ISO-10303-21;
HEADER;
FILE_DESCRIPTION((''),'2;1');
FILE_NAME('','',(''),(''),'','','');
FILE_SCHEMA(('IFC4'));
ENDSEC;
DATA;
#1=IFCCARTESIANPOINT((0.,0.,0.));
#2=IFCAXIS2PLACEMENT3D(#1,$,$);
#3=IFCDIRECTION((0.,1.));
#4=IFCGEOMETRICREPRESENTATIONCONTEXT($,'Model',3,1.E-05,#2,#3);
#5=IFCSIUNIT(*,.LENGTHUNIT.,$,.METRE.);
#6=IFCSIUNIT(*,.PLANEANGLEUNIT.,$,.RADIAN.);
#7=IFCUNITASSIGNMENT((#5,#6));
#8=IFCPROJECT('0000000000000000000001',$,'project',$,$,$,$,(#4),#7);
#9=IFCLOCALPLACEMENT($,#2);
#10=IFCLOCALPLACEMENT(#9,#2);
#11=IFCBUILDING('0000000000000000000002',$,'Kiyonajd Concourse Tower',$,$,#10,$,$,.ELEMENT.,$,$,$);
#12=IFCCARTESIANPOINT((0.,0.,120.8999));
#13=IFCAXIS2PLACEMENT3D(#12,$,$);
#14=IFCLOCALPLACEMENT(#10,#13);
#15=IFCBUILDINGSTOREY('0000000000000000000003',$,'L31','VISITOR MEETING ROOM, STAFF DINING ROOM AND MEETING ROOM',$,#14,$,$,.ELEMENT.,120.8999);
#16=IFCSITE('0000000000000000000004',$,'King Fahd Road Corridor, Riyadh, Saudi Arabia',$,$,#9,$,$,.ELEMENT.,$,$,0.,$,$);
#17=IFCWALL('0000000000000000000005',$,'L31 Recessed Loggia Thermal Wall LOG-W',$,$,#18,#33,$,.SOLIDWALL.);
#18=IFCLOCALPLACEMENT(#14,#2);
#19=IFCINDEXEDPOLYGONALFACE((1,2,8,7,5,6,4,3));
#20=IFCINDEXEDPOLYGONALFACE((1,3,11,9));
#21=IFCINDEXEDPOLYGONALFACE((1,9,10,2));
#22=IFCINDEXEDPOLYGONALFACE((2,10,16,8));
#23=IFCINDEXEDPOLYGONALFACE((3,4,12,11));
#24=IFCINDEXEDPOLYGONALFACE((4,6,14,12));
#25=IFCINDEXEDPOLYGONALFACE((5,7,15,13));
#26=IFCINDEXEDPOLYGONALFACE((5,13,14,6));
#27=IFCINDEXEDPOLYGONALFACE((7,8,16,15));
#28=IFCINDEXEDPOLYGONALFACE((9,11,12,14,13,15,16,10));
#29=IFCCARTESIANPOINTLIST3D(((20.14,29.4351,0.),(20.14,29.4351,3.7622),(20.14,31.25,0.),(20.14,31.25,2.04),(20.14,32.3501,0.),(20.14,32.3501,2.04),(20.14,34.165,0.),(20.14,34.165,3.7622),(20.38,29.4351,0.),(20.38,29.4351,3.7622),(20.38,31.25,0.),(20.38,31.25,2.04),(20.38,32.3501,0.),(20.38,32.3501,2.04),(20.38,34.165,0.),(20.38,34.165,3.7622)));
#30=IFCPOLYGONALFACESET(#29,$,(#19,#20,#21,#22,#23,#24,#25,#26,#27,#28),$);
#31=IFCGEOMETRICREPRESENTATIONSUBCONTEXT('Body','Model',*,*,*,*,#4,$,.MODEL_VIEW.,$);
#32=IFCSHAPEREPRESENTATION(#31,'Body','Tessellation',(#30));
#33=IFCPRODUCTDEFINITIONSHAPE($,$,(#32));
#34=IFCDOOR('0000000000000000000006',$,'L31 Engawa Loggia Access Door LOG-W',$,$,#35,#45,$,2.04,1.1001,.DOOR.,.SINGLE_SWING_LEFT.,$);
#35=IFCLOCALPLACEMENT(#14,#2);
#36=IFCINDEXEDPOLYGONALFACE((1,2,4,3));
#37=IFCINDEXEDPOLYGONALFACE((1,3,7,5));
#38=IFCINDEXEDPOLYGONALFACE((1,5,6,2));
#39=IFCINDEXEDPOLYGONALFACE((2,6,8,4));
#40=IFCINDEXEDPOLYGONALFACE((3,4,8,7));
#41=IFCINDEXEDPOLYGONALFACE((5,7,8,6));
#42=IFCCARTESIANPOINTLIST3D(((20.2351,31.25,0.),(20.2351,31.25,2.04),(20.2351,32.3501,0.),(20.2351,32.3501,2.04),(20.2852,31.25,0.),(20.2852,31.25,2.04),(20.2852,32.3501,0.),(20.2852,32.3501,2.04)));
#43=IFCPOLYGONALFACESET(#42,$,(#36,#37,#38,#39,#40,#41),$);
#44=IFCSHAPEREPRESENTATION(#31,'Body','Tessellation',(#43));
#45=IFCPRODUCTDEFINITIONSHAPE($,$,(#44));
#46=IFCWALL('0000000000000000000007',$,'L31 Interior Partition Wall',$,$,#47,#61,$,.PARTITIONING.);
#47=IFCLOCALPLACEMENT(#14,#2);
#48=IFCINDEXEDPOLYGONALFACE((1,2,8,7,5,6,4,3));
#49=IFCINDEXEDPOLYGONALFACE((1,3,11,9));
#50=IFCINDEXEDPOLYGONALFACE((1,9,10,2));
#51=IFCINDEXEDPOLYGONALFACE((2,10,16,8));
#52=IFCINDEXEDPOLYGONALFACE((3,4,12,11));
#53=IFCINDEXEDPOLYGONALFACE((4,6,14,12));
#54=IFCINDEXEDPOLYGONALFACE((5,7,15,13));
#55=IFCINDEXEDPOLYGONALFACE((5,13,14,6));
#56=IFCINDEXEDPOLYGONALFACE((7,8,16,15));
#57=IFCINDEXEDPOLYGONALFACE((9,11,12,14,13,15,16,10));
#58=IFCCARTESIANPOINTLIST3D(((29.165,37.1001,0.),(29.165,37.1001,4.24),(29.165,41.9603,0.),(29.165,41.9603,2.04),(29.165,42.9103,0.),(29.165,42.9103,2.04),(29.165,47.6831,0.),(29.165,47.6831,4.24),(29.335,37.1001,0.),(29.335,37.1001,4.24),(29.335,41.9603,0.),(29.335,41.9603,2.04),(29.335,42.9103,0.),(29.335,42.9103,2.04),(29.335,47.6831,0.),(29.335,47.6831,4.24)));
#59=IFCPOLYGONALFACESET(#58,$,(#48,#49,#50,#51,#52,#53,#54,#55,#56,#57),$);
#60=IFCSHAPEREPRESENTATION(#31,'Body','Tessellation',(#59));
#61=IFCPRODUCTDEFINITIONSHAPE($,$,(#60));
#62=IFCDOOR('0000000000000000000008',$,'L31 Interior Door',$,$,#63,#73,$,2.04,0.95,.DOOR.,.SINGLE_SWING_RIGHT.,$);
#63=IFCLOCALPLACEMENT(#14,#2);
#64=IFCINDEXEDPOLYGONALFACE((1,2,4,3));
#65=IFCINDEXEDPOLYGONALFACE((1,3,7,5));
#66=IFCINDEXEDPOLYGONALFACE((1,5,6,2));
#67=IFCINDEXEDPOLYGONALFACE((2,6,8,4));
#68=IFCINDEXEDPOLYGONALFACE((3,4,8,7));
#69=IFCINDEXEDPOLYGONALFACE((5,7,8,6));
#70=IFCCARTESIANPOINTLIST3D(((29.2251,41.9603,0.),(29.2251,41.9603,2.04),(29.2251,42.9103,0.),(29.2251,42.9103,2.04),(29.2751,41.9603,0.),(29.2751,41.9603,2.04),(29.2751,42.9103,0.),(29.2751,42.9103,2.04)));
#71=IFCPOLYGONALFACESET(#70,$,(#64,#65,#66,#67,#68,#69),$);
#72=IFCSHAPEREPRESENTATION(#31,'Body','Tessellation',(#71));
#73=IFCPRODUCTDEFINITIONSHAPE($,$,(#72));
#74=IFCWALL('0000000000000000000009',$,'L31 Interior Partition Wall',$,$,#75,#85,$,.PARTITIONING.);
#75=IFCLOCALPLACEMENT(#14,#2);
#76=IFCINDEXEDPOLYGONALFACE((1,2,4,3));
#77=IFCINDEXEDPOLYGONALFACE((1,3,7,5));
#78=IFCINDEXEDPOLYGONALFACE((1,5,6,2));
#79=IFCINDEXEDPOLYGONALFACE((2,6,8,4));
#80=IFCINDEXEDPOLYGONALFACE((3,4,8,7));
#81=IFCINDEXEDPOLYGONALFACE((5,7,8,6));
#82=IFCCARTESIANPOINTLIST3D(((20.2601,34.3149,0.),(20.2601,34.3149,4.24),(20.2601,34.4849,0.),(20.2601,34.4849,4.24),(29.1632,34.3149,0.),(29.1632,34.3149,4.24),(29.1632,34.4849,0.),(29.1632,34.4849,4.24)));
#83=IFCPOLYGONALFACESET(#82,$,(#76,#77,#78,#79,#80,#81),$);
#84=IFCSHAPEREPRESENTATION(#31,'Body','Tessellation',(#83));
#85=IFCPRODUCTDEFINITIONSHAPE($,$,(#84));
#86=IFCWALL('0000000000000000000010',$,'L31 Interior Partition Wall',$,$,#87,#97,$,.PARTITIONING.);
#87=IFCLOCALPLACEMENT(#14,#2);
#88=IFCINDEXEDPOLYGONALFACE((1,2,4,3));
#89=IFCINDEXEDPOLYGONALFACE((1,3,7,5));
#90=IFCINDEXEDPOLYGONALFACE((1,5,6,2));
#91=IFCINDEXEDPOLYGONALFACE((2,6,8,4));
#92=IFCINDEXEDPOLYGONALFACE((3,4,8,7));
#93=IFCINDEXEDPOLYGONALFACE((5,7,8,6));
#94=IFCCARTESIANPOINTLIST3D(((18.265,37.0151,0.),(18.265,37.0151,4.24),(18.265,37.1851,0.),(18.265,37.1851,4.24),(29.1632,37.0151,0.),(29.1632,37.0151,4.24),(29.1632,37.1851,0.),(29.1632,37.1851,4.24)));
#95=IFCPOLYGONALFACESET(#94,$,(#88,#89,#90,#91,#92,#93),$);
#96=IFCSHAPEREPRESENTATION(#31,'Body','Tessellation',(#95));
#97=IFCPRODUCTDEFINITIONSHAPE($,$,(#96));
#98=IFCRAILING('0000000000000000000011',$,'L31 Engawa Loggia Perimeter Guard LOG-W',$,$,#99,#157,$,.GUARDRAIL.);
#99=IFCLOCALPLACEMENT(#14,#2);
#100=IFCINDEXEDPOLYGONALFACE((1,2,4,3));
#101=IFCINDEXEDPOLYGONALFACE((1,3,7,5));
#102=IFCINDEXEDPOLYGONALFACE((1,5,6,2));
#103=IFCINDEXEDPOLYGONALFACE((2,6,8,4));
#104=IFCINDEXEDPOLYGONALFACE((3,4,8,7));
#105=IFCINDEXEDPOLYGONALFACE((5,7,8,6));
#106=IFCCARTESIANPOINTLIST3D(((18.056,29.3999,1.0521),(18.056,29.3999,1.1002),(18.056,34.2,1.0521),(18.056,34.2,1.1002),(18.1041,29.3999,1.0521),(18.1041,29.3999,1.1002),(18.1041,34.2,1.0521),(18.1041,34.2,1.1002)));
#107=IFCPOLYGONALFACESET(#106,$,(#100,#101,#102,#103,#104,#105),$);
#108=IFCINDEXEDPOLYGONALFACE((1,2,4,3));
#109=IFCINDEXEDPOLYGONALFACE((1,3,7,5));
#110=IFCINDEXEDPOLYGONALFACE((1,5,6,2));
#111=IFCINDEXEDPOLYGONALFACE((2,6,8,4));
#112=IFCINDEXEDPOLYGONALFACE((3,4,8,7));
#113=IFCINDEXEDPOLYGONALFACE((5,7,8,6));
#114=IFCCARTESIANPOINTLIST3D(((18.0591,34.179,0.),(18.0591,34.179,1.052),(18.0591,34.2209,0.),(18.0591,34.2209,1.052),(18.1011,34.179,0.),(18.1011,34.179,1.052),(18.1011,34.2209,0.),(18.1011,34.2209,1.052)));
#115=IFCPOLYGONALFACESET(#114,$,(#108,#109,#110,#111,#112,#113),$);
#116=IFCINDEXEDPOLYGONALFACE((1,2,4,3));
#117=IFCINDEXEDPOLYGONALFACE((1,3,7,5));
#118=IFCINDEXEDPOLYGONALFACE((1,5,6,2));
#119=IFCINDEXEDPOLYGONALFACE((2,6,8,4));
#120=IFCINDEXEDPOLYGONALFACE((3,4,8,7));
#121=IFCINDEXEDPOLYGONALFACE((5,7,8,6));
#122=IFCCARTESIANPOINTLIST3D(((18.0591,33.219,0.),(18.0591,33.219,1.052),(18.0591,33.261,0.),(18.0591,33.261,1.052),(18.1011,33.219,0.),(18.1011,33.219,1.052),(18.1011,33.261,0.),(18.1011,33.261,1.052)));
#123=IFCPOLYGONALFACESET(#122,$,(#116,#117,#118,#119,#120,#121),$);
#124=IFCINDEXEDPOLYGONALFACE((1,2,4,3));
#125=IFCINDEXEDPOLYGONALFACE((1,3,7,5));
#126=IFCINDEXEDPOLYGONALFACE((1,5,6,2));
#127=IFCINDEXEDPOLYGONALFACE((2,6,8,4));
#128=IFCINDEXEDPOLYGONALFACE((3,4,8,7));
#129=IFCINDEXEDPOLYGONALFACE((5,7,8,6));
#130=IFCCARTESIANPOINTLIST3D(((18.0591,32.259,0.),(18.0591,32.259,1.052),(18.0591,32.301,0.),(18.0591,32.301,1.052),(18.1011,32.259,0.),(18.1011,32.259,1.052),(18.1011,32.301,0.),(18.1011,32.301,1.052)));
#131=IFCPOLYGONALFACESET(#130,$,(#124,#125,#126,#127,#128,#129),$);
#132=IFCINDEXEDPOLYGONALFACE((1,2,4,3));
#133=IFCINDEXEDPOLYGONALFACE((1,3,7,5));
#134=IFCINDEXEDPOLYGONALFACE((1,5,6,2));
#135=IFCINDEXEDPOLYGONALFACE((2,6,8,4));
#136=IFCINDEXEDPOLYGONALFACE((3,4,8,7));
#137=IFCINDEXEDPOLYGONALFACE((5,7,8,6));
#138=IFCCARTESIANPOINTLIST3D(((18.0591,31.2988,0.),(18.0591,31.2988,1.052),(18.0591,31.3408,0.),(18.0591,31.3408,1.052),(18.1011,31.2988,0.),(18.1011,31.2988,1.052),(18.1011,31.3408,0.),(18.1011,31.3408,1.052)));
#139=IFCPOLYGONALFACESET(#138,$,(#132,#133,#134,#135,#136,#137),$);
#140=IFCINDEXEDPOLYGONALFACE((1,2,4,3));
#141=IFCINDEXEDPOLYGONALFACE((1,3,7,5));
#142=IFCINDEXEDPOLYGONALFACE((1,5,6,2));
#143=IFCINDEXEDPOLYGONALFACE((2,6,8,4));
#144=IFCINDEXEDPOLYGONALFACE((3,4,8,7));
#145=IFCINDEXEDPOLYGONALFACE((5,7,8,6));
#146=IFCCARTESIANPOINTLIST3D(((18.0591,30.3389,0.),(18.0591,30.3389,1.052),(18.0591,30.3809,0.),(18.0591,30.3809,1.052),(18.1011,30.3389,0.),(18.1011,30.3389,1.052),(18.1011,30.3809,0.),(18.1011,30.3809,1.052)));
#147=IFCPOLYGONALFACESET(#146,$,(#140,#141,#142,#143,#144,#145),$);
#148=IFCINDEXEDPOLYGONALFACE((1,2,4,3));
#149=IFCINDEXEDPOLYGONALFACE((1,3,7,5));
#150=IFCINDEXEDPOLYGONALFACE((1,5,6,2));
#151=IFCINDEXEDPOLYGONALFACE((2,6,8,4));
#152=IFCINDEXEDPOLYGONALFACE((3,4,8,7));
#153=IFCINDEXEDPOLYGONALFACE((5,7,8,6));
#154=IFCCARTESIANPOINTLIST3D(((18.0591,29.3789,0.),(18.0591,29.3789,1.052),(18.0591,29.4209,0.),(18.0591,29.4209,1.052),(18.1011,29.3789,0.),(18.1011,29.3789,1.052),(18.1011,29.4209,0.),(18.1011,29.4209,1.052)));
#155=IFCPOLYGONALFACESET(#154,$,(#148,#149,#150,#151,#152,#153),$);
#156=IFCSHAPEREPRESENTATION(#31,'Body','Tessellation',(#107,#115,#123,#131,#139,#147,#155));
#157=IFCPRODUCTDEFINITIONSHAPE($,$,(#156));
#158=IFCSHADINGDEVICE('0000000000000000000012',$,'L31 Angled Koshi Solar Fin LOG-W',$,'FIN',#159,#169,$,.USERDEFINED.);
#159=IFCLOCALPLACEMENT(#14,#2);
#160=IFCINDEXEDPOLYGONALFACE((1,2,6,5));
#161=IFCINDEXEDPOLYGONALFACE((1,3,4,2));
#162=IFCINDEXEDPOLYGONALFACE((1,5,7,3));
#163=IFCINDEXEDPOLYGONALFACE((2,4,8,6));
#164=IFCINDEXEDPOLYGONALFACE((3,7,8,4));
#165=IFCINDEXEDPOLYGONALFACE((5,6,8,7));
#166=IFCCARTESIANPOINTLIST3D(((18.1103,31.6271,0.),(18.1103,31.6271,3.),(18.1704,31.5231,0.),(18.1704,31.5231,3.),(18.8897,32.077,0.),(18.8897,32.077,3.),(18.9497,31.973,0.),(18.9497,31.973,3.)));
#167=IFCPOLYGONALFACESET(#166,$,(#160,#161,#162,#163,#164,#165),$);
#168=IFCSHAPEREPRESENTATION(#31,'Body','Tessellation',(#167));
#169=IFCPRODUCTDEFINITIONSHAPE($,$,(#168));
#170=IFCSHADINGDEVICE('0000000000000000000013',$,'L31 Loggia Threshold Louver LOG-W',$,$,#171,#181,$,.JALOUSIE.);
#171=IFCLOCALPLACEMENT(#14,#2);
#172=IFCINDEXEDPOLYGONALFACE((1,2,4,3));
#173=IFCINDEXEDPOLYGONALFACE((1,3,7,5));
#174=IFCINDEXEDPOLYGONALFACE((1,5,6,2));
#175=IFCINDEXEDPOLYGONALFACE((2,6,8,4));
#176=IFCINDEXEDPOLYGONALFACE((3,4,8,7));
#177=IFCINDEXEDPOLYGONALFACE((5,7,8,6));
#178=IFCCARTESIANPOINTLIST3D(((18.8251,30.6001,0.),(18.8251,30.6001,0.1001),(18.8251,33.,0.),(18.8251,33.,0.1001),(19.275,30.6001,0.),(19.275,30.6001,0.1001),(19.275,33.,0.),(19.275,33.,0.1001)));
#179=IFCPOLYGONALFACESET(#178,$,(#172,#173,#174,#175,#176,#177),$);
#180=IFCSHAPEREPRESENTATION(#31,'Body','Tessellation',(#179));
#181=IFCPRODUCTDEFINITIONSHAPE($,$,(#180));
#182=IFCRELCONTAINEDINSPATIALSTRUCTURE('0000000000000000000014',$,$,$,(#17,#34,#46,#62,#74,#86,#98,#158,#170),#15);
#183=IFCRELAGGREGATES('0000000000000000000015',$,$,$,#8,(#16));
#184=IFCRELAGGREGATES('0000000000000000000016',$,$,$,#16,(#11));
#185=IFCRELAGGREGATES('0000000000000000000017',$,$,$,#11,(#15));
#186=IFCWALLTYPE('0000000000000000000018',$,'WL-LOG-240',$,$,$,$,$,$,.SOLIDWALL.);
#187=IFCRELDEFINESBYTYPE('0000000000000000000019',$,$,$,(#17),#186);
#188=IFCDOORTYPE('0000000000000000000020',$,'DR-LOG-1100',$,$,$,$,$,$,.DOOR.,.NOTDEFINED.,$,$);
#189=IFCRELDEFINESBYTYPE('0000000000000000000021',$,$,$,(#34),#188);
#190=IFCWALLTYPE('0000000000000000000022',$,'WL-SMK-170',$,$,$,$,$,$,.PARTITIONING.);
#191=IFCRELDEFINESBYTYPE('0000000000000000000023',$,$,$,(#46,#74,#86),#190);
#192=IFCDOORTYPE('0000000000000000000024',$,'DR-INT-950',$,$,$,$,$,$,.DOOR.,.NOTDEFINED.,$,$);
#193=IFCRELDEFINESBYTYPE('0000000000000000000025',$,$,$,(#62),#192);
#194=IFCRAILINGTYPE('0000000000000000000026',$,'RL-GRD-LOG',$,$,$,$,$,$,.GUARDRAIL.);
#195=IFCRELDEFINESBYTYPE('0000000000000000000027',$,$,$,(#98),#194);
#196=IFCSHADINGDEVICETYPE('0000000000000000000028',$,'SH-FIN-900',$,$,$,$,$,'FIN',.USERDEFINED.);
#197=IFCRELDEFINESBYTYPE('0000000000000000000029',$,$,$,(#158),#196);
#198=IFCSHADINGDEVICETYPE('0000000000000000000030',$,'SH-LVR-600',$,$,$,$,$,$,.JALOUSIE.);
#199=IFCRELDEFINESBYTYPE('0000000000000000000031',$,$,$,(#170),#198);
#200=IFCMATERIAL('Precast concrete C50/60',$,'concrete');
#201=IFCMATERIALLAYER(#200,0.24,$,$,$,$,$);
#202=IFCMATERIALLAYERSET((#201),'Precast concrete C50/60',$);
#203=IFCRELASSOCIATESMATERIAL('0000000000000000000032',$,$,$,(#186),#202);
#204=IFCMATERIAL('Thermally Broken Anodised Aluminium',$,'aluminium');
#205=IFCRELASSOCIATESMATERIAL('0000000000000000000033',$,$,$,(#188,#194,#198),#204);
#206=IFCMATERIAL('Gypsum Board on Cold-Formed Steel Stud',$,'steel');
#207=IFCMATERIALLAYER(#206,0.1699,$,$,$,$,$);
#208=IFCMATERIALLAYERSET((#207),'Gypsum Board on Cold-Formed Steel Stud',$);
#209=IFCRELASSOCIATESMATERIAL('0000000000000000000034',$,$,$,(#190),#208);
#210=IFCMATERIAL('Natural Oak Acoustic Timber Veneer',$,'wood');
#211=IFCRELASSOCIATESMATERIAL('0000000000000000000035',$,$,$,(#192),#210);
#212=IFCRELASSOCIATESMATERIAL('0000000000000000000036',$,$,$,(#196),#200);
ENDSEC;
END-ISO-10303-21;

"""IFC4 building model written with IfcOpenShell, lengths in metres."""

from ifc_helpers import new_model, si_unit, direction, frame, frame_2d, origin, origin_2d, place, context, subcontext, project, spatial, rectangle, extrude, material, layer, layer_set, type_object, element, fill, save


model = new_model("IFC4")

# Units and contexts
model_context = context("Model", 3, precision=1e-05, world=origin(), true_north=direction((0.0, 1.0)))
body_context = subcontext(model_context, "Body", "Model", "MODEL_VIEW")
ifc_project = project(units=[si_unit("LENGTHUNIT", "METRE"), si_unit("PLANEANGLEUNIT", "RADIAN")], contexts=[model_context])

# Site, building, storey
site_placement = place(None, origin())
site = spatial("IfcSite", under=ifc_project, at=site_placement, Name="King Fahd Road Corridor, Riyadh, Saudi Arabia", CompositionType="ELEMENT", RefElevation=0.0)
building_placement = place(site_placement, origin())
building = spatial("IfcBuilding", under=site, at=building_placement, Name="Kiyonajd Concourse Tower", CompositionType="ELEMENT")
storey_placement = place(building_placement, frame((0.0, 0.0, 120.8999)))
storey = spatial("IfcBuildingStorey", under=building, at=storey_placement, Name="L31", Description="VISITOR MEETING ROOM, STAFF DINING ROOM AND MEETING ROOM", CompositionType="ELEMENT", Elevation=120.8999)

# Shared definitions
ifc_material_1 = material(Name="Precast concrete C50/60", Category="concrete")

# Shared definitions
ifc_material_2 = material(Name="Thermally Broken Anodised Aluminium", Category="aluminium")

# Walls, openings, doors
ifc_layer_1 = layer(ifc_material_1, 0.24)
ifc_layer_set_1 = layer_set([ifc_layer_1], Name="Precast concrete C50/60")
wall_type_1 = type_object("IfcWallType", Name="WL-LOG-240", PredefinedType="SOLIDWALL", material=ifc_layer_set_1)
wall_1_placement = place(storey_placement, frame((20.26, 29.4351, 0.0), z_axis=(0.0, 0.0, 1.0), x_axis=(0.0, 1.0, 0.0)))
wall_1 = element("IfcWall", 1, at=wall_1_placement, inside=storey, type_object=wall_type_1, Name="L31 Recessed Loggia Thermal Wall LOG-W", PredefinedType="SOLIDWALL", context=body_context, shape_type="SweptSolid", body=[
    extrude(rectangle(XDim=4.73, YDim=0.24, at=frame_2d((2.365, 0.0))), origin(), (0.0, 0.0, 1.0), 3.7622),
])
opening_1_placement = place(wall_1_placement, frame((1.8149, 0.0, 0.0)))
opening_1 = element("IfcOpeningElement", 2, at=opening_1_placement, cuts=wall_1, PredefinedType="OPENING", context=body_context, shape_type="SweptSolid", body=[
    extrude(rectangle(XDim=1.1001, YDim=2.04, at=frame_2d((0.55, 1.02))), frame((0.0, 0.1299, 0.0), z_axis=(0.0, -1.0, 0.0), x_axis=(1.0, 0.0, 0.0)), (0.0, 0.0, 1.0), 0.26),
])
door_type_1 = type_object("IfcDoorType", Name="DR-LOG-1100", OperationType="NOTDEFINED", PredefinedType="DOOR", material=ifc_material_2)
door_1_placement = place(opening_1_placement, origin())
door_1 = element("IfcDoor", 3, at=door_1_placement, inside=storey, type_object=door_type_1, Name="L31 Engawa Loggia Access Door LOG-W", OperationType="SINGLE_SWING_LEFT", OverallHeight=2.04, OverallWidth=1.1001, PredefinedType="DOOR", context=body_context, shape_type="SweptSolid", body=[
    extrude(rectangle(XDim=1.1001, YDim=2.04, at=frame_2d((0.55, 1.02))), frame((0.0, 0.0249, 0.0), z_axis=(0.0, -1.0, 0.0), x_axis=(1.0, 0.0, 0.0)), (0.0, 0.0, 1.0), 0.05),
])
fill(opening_1, door_1)
ifc_material_3 = material(Name="Gypsum Board on Cold-Formed Steel Stud", Category="steel")
ifc_layer_2 = layer(ifc_material_3, 0.1699)
ifc_layer_set_2 = layer_set([ifc_layer_2], Name="Gypsum Board on Cold-Formed Steel Stud")
wall_type_2 = type_object("IfcWallType", Name="WL-SMK-170", PredefinedType="PARTITIONING", material=ifc_layer_set_2)
wall_2_placement = place(storey_placement, frame((29.25, 37.1001, 0.0), z_axis=(0.0, 0.0, 1.0), x_axis=(0.0, 1.0, 0.0)))
wall_2 = element("IfcWall", 4, at=wall_2_placement, inside=storey, type_object=wall_type_2, Name="L31 Interior Partition Wall", PredefinedType="PARTITIONING", context=body_context, shape_type="SweptSolid", body=[
    extrude(rectangle(XDim=10.583, YDim=0.1699, at=frame_2d((5.2915, 0.0))), origin(), (0.0, 0.0, 1.0), 4.24),
])
opening_2_placement = place(wall_2_placement, frame((4.8601, 0.0, 0.0)))
opening_2 = element("IfcOpeningElement", 5, at=opening_2_placement, cuts=wall_2, PredefinedType="OPENING", context=body_context, shape_type="SweptSolid", body=[
    extrude(rectangle(XDim=0.95, YDim=2.04, at=frame_2d((0.4751, 1.02))), frame((0.0, 0.095, 0.0), z_axis=(0.0, -1.0, 0.0), x_axis=(1.0, 0.0, 0.0)), (0.0, 0.0, 1.0), 0.1899),
])
ifc_material_4 = material(Name="Natural Oak Acoustic Timber Veneer", Category="wood")
door_type_2 = type_object("IfcDoorType", Name="DR-INT-950", OperationType="NOTDEFINED", PredefinedType="DOOR", material=ifc_material_4)
door_2_placement = place(opening_2_placement, origin())
door_2 = element("IfcDoor", 6, at=door_2_placement, inside=storey, type_object=door_type_2, Name="L31 Interior Door", OperationType="SINGLE_SWING_RIGHT", OverallHeight=2.04, OverallWidth=0.95, PredefinedType="DOOR", context=body_context, shape_type="SweptSolid", body=[
    extrude(rectangle(XDim=0.95, YDim=2.04, at=frame_2d((0.4751, 1.02))), frame((0.0, 0.0249, 0.0), z_axis=(0.0, -1.0, 0.0), x_axis=(1.0, 0.0, 0.0)), (0.0, 0.0, 1.0), 0.05),
])
fill(opening_2, door_2)

# Walls
wall_3_placement = place(storey_placement, frame((20.26, 34.3999, 0.0), z_axis=(0.0, 0.0, 1.0), x_axis=(1.0, 0.0, 0.0)))
element("IfcWall", 7, at=wall_3_placement, inside=storey, type_object=wall_type_2, Name="L31 Interior Partition Wall", PredefinedType="PARTITIONING", context=body_context, shape_type="SweptSolid", body=[
    extrude(rectangle(XDim=8.9031, YDim=0.1699, at=frame_2d((4.4517, 0.0))), origin(), (0.0, 0.0, 1.0), 4.24),
])
wall_4_placement = place(storey_placement, frame((18.2649, 37.1001, 0.0), z_axis=(0.0, 0.0, 1.0), x_axis=(1.0, 0.0, 0.0)))
element("IfcWall", 8, at=wall_4_placement, inside=storey, type_object=wall_type_2, Name="L31 Interior Partition Wall", PredefinedType="PARTITIONING", context=body_context, shape_type="SweptSolid", body=[
    extrude(rectangle(XDim=10.8982, YDim=0.1699, at=frame_2d((5.4492, 0.0))), origin(), (0.0, 0.0, 1.0), 4.24),
])

# Railing
railing_type = type_object("IfcRailingType", Name="RL-GRD-LOG", PredefinedType="GUARDRAIL", material=ifc_material_2)
railing_placement = place(storey_placement, frame((18.0801, 34.2, 0.0)))
element("IfcRailing", 9, at=railing_placement, inside=storey, type_object=railing_type, Name="L31 Engawa Loggia Perimeter Guard LOG-W", PredefinedType="GUARDRAIL", context=body_context, shape_type="SweptSolid", body=[
    extrude(rectangle(XDim=0.0481, YDim=0.0481, at=origin_2d()), frame((0.0, 0.0, 1.0762), z_axis=(0.0, -1.0, 0.0), x_axis=(1.0, 0.0, 0.0)), (0.0, 0.0, 1.0), 4.8),
    extrude(rectangle(XDim=0.042, YDim=0.042, at=origin_2d()), origin(), (0.0, 0.0, 1.0), 1.052),
    extrude(rectangle(XDim=0.042, YDim=0.042, at=origin_2d()), frame((0.0, -0.96, 0.0)), (0.0, 0.0, 1.0), 1.052),
    extrude(rectangle(XDim=0.042, YDim=0.042, at=origin_2d()), frame((0.0, -1.9199, 0.0)), (0.0, 0.0, 1.0), 1.052),
    extrude(rectangle(XDim=0.042, YDim=0.042, at=origin_2d()), frame((0.0, -2.8801, 0.0)), (0.0, 0.0, 1.0), 1.052),
    extrude(rectangle(XDim=0.042, YDim=0.042, at=origin_2d()), frame((0.0, -3.8401, 0.0)), (0.0, 0.0, 1.0), 1.052),
    extrude(rectangle(XDim=0.042, YDim=0.042, at=origin_2d()), frame((0.0, -4.8, 0.0)), (0.0, 0.0, 1.0), 1.052),
])

# Shading devices
shading_device_type_1 = type_object("IfcShadingDeviceType", Name="SH-FIN-900", ElementType="FIN", PredefinedType="USERDEFINED", material=ifc_material_1)
shading_device_1_placement = place(storey_placement, frame((18.53, 31.8, 0.0), z_axis=(0.0, 0.0, 1.0), x_axis=(0.866025, 0.5, 0.0)))
element("IfcShadingDevice", 10, at=shading_device_1_placement, inside=storey, type_object=shading_device_type_1, Name="L31 Angled Koshi Solar Fin LOG-W", ObjectType="FIN", PredefinedType="USERDEFINED", context=body_context, shape_type="SweptSolid", body=[
    extrude(rectangle(XDim=0.8999, YDim=0.1201, at=origin_2d()), origin(), (0.0, 0.0, 1.0), 3.0),
])
shading_device_type_2 = type_object("IfcShadingDeviceType", Name="SH-LVR-600", PredefinedType="JALOUSIE", material=ifc_material_2)
shading_device_2_placement = place(storey_placement, frame((19.05, 31.8, 0.0), z_axis=(0.0, 0.0, 1.0), x_axis=(0.0, 1.0, 0.0)))
element("IfcShadingDevice", 11, at=shading_device_2_placement, inside=storey, type_object=shading_device_type_2, Name="L31 Loggia Threshold Louver LOG-W", PredefinedType="JALOUSIE", context=body_context, shape_type="SweptSolid", body=[
    extrude(rectangle(XDim=2.3999, YDim=0.45, at=origin_2d()), origin(), (0.0, 0.0, 1.0), 0.1001),
])

save(model, "model.ifc")
